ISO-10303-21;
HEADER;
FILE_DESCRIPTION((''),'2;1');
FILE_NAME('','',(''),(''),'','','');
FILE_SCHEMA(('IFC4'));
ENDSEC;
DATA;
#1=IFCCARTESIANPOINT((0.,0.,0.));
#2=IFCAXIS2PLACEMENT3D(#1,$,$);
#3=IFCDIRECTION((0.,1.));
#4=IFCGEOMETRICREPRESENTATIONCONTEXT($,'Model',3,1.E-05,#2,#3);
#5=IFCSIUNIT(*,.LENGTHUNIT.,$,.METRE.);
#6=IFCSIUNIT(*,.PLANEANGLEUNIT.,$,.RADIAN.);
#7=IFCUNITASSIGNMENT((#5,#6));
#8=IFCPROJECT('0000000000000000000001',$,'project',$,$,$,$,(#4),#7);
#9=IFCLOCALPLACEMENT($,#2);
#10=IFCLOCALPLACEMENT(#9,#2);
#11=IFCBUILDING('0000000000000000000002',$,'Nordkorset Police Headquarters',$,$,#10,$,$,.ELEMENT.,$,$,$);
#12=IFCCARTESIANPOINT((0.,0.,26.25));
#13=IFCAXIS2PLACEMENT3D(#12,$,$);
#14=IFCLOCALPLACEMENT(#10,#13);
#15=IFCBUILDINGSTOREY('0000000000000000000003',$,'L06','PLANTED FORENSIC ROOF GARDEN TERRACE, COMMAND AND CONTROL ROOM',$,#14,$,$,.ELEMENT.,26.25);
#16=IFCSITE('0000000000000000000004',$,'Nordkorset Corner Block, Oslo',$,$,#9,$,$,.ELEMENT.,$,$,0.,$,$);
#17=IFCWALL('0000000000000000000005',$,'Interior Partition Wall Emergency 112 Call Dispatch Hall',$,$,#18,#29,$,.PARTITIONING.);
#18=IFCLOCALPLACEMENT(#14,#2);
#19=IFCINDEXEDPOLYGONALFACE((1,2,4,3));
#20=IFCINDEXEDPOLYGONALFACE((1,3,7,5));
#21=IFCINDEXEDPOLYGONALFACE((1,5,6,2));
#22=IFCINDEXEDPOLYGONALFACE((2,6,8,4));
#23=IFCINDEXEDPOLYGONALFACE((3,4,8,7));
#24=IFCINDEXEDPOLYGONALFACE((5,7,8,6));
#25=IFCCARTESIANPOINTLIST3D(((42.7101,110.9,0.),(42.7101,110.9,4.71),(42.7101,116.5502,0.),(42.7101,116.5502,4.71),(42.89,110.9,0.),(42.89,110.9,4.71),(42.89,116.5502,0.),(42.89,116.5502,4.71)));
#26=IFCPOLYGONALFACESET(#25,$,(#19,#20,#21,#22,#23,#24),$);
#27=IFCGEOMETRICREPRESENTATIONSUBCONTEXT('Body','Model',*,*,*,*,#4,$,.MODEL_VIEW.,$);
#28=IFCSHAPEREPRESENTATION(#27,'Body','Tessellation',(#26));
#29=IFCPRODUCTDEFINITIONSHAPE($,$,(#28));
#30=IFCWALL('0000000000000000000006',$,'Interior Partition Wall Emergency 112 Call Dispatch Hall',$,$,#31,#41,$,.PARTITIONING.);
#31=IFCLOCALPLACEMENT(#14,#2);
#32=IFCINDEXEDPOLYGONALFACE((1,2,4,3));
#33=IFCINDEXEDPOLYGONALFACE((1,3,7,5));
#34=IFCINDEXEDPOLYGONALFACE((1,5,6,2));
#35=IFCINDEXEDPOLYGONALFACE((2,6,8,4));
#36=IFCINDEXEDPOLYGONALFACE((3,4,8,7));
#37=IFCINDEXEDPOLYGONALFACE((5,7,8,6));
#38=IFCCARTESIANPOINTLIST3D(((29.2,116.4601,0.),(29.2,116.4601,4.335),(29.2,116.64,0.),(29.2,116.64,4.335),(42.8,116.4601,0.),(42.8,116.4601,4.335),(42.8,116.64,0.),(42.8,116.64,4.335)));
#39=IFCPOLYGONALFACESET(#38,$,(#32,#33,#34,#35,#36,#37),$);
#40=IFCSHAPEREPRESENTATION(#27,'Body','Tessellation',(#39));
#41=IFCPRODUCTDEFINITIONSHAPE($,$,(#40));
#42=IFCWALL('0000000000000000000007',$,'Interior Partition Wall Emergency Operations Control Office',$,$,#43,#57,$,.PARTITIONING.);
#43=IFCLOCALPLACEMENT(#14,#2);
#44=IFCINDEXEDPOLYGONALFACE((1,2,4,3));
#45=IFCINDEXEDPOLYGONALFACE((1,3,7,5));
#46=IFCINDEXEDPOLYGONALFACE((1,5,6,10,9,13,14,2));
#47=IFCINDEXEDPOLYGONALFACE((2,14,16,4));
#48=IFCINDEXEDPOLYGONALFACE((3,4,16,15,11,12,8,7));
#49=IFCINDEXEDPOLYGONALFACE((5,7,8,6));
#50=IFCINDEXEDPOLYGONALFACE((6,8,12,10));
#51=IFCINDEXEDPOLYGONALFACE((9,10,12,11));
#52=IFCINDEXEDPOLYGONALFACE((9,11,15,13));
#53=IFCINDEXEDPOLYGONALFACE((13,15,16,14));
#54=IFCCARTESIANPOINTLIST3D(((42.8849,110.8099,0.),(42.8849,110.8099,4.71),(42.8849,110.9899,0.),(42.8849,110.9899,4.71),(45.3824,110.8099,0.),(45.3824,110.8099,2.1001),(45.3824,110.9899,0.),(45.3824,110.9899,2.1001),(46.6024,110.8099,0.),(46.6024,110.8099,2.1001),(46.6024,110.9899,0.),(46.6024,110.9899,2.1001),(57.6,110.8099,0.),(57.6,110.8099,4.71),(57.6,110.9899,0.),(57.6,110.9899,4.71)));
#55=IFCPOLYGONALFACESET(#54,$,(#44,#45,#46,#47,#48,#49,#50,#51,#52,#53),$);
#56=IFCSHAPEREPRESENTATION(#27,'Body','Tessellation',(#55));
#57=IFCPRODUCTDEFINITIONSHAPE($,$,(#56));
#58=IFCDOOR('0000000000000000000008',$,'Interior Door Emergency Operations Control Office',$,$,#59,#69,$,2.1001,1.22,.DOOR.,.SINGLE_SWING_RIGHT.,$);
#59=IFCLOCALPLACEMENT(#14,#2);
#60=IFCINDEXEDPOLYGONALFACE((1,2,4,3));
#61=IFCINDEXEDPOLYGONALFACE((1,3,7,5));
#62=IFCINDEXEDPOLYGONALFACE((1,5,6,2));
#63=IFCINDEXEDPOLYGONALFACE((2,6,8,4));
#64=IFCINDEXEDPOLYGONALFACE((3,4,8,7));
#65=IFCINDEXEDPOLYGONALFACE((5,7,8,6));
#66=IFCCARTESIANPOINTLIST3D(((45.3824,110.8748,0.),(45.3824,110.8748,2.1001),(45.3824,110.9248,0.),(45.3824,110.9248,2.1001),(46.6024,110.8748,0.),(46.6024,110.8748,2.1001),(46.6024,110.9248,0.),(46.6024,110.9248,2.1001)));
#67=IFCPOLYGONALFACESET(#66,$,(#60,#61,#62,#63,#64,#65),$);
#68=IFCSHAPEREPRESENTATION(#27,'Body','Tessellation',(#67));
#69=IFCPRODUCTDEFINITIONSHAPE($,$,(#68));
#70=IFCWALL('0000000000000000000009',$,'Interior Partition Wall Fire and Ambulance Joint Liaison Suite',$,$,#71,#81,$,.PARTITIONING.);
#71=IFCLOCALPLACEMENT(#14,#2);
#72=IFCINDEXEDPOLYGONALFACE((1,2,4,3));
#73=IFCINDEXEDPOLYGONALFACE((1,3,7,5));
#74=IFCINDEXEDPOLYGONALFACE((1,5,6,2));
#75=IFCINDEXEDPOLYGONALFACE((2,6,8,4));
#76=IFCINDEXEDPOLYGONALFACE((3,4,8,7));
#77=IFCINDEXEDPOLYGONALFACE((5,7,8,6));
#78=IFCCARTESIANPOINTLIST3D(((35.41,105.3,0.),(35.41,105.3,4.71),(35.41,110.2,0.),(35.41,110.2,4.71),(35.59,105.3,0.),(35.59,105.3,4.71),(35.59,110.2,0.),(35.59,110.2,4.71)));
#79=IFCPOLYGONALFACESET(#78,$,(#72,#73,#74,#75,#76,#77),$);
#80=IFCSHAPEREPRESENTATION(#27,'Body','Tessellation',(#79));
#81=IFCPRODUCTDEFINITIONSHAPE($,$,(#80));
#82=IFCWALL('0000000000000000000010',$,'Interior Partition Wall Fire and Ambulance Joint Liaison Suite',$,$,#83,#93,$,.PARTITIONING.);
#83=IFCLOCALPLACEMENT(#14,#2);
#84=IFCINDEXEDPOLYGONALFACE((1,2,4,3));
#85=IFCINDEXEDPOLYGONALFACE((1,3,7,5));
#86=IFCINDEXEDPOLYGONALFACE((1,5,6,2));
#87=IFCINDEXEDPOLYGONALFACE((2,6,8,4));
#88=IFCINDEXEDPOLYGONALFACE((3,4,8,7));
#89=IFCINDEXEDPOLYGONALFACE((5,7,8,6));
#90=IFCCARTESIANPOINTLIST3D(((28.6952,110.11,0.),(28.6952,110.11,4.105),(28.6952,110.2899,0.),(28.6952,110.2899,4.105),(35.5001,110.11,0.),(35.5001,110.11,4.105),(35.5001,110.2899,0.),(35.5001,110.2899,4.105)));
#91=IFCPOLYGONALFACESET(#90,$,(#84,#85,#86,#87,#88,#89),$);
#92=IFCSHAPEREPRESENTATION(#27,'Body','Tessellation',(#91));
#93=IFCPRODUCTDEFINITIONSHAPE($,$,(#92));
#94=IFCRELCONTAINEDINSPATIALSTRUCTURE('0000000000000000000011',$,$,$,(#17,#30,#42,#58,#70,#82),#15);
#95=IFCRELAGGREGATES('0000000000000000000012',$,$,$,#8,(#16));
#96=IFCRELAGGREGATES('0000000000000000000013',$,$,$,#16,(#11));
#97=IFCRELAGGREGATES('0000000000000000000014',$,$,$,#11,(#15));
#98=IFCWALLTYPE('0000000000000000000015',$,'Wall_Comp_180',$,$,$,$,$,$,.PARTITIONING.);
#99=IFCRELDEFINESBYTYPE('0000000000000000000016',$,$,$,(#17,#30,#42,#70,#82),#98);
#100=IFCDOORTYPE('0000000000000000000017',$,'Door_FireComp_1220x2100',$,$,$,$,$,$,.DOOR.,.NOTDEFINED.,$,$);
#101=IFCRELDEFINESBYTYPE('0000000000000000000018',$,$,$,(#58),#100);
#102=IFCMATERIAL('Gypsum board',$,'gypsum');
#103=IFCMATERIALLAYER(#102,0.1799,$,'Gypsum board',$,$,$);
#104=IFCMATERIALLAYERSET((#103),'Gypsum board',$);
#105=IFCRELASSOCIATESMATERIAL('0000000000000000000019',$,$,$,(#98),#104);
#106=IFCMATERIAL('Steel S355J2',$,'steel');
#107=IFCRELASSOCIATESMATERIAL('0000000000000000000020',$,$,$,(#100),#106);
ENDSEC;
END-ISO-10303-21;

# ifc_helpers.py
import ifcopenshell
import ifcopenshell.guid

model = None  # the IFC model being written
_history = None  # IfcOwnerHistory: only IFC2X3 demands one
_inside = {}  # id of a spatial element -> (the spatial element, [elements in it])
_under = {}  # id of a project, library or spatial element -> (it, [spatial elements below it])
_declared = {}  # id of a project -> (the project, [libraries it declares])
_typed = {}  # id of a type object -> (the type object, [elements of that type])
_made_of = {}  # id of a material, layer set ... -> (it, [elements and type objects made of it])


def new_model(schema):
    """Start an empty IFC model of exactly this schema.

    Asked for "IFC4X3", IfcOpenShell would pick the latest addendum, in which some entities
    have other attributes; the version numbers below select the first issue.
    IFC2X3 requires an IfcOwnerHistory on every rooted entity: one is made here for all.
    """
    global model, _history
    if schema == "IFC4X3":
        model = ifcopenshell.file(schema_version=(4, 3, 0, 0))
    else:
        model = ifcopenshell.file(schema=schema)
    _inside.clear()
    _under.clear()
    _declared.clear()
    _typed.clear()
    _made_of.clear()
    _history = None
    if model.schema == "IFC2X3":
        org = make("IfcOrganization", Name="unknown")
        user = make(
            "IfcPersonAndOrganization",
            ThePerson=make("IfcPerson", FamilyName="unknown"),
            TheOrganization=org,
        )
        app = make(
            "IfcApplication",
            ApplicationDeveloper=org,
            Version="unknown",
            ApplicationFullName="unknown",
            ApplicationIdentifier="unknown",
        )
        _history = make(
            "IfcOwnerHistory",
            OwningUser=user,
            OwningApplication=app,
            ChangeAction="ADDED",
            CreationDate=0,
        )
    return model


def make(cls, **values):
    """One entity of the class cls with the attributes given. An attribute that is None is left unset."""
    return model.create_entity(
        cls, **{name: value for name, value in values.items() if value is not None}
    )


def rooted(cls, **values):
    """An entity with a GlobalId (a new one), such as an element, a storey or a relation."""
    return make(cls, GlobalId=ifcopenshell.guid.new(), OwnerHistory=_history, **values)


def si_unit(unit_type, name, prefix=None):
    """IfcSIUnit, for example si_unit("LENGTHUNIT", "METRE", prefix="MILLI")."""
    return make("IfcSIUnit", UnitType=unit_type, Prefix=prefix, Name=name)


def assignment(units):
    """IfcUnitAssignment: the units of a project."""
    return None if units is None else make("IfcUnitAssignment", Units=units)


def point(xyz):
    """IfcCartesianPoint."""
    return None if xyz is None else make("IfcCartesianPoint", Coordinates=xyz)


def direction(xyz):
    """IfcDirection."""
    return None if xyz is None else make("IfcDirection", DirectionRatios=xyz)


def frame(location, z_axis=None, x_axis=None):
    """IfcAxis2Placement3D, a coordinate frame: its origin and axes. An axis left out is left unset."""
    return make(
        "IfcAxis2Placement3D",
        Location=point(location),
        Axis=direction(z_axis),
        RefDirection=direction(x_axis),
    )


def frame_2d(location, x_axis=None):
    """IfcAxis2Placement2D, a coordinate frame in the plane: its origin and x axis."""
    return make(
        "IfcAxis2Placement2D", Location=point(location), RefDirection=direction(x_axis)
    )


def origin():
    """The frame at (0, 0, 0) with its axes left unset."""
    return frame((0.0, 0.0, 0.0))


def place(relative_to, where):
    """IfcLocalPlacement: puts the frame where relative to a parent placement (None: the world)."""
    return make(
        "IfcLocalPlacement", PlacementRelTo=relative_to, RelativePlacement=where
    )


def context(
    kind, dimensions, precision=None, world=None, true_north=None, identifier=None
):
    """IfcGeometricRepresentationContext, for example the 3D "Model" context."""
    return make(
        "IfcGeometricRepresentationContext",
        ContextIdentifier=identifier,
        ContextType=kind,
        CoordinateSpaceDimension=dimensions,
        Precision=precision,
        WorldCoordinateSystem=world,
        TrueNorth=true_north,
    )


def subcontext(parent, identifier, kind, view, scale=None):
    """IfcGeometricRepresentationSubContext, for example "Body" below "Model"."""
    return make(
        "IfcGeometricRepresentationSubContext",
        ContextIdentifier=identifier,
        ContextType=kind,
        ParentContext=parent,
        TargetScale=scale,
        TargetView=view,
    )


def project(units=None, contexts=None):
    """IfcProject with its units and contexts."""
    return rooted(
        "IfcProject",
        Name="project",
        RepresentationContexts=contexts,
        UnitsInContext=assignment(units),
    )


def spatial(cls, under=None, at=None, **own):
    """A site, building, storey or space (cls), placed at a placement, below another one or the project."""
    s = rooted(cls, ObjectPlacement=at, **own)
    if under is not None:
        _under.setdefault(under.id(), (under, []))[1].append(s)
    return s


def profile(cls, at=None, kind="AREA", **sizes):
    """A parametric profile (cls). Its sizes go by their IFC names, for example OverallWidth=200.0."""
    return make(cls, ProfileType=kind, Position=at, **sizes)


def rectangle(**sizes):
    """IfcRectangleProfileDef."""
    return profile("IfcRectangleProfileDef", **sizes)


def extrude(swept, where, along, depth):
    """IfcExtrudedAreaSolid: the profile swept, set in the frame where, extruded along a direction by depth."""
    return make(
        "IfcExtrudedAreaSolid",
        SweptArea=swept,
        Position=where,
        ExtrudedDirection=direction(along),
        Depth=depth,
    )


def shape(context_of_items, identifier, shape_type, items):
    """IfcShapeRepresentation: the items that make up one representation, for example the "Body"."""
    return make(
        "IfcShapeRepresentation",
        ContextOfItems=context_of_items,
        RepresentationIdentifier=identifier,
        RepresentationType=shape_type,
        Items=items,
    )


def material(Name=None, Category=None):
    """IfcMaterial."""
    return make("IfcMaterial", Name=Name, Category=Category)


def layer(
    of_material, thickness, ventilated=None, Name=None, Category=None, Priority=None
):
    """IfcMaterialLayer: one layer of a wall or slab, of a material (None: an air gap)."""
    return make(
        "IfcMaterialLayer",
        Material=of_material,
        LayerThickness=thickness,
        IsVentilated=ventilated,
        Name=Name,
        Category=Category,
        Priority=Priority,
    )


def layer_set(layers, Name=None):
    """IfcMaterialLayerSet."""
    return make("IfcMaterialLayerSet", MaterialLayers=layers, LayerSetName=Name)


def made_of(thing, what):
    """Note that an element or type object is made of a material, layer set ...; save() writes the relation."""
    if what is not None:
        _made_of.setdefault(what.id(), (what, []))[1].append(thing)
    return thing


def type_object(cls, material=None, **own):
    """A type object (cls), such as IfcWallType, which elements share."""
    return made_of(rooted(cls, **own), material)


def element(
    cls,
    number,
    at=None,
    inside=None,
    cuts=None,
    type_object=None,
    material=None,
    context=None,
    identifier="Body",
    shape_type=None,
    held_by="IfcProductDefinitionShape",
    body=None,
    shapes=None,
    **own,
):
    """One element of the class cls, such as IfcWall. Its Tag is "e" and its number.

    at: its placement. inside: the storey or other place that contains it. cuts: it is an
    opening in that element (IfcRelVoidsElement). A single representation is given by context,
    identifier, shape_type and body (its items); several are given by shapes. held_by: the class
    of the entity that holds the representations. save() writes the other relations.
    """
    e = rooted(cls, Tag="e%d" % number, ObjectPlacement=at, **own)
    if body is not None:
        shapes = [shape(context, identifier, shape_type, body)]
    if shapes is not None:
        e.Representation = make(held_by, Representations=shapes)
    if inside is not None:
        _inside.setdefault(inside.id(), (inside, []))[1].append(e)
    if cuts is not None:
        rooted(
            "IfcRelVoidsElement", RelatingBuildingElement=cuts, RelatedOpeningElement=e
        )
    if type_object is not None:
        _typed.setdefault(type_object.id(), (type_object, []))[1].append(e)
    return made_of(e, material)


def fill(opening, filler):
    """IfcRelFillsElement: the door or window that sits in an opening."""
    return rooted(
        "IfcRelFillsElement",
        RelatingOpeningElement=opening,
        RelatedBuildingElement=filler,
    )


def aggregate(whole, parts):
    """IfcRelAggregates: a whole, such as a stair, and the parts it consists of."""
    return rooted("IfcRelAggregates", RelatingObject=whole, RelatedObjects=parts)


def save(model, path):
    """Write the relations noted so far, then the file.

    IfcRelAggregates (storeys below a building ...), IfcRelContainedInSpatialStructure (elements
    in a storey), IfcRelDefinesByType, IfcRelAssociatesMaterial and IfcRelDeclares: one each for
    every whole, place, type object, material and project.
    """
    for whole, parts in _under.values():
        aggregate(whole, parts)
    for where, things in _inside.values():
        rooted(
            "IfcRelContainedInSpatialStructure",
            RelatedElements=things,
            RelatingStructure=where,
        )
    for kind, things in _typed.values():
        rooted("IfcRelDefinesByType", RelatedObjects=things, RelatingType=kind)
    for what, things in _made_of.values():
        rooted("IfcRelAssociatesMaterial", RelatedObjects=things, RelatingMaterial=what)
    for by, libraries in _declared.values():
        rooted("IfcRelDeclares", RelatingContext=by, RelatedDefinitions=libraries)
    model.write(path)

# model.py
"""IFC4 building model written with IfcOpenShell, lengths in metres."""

from ifc_helpers import new_model, si_unit, direction, frame, frame_2d, origin, place, context, subcontext, project, spatial, rectangle, extrude, material, layer, layer_set, type_object, element, fill, save


model = new_model("IFC4")

# Units and contexts
model_context = context("Model", 3, precision=1e-05, world=origin(), true_north=direction((0.0, 1.0)))
body_context = subcontext(model_context, "Body", "Model", "MODEL_VIEW")
ifc_project = project(units=[si_unit("LENGTHUNIT", "METRE"), si_unit("PLANEANGLEUNIT", "RADIAN")], contexts=[model_context])

# Site, building, storey
site_placement = place(None, origin())
site = spatial("IfcSite", under=ifc_project, at=site_placement, Name="Nordkorset Corner Block, Oslo", CompositionType="ELEMENT", RefElevation=0.0)
building_placement = place(site_placement, origin())
building = spatial("IfcBuilding", under=site, at=building_placement, Name="Nordkorset Police Headquarters", CompositionType="ELEMENT")
storey_placement = place(building_placement, frame((0.0, 0.0, 26.25)))
storey = spatial("IfcBuildingStorey", under=building, at=storey_placement, Name="L06", Description="PLANTED FORENSIC ROOF GARDEN TERRACE, COMMAND AND CONTROL ROOM", CompositionType="ELEMENT", Elevation=26.25)

# Walls
ifc_material_1 = material(Name="Gypsum board", Category="gypsum")
ifc_layer_1 = layer(ifc_material_1, 0.1799, Name="Gypsum board")
ifc_layer_set_1 = layer_set([ifc_layer_1], Name="Gypsum board")
wall_type_1 = type_object("IfcWallType", Name="Wall_Comp_180", PredefinedType="PARTITIONING", material=ifc_layer_set_1)
wall_1_placement = place(storey_placement, frame((42.8, 110.8999, 0.0), z_axis=(0.0, 0.0, 1.0), x_axis=(0.0, 1.0, 0.0)))
element("IfcWall", 1, at=wall_1_placement, inside=storey, type_object=wall_type_1, Name="Interior Partition Wall Emergency 112 Call Dispatch Hall", PredefinedType="PARTITIONING", context=body_context, shape_type="SweptSolid", body=[
    extrude(rectangle(XDim=5.6501, YDim=0.1799, at=frame_2d((2.8252, 0.0))), origin(), (0.0, 0.0, 1.0), 4.71),
])
wall_2_placement = place(storey_placement, frame((42.8, 116.55, 0.0), z_axis=(0.0, 0.0, 1.0), x_axis=(-1.0, 0.0, 0.0)))
element("IfcWall", 2, at=wall_2_placement, inside=storey, type_object=wall_type_1, Name="Interior Partition Wall Emergency 112 Call Dispatch Hall", PredefinedType="PARTITIONING", context=body_context, shape_type="SweptSolid", body=[
    extrude(rectangle(XDim=13.6001, YDim=0.1799, at=frame_2d((6.8, 0.0))), origin(), (0.0, 0.0, 1.0), 4.335),
])

# Wall, opening, door
wall_3_placement = place(storey_placement, frame((42.885, 110.8999, 0.0), z_axis=(0.0, 0.0, 1.0), x_axis=(1.0, 0.0, 0.0)))
wall_3 = element("IfcWall", 3, at=wall_3_placement, inside=storey, type_object=wall_type_1, Name="Interior Partition Wall Emergency Operations Control Office", PredefinedType="PARTITIONING", context=body_context, shape_type="SweptSolid", body=[
    extrude(rectangle(XDim=14.7151, YDim=0.1799, at=frame_2d((7.3574, 0.0))), origin(), (0.0, 0.0, 1.0), 4.71),
])
opening_1_placement = place(wall_3_placement, frame((2.4976, 0.0, 0.0)))
opening_1 = element("IfcOpeningElement", 4, at=opening_1_placement, cuts=wall_3, PredefinedType="OPENING", context=body_context, shape_type="SweptSolid", body=[
    extrude(rectangle(XDim=1.22, YDim=2.1001, at=frame_2d((0.6099, 1.05))), frame((0.0, 0.1001, 0.0), z_axis=(0.0, -1.0, 0.0), x_axis=(1.0, 0.0, 0.0)), (0.0, 0.0, 1.0), 0.2),
])
ifc_material_2 = material(Name="Steel S355J2", Category="steel")
door_type_1 = type_object("IfcDoorType", Name="Door_FireComp_1220x2100", OperationType="NOTDEFINED", PredefinedType="DOOR", material=ifc_material_2)
door_1_placement = place(opening_1_placement, origin())
door_1 = element("IfcDoor", 5, at=door_1_placement, inside=storey, type_object=door_type_1, Name="Interior Door Emergency Operations Control Office", OperationType="SINGLE_SWING_RIGHT", OverallHeight=2.1001, OverallWidth=1.22, PredefinedType="DOOR", context=body_context, shape_type="SweptSolid", body=[
    extrude(rectangle(XDim=1.22, YDim=2.1001, at=frame_2d((0.6099, 1.05))), frame((0.0, 0.0249, 0.0), z_axis=(0.0, -1.0, 0.0), x_axis=(1.0, 0.0, 0.0)), (0.0, 0.0, 1.0), 0.05),
])
fill(opening_1, door_1)

# Walls
wall_4_placement = place(storey_placement, frame((35.5, 105.3, 0.0), z_axis=(0.0, 0.0, 1.0), x_axis=(0.0, 1.0, 0.0)))
element("IfcWall", 6, at=wall_4_placement, inside=storey, type_object=wall_type_1, Name="Interior Partition Wall Fire and Ambulance Joint Liaison Suite", PredefinedType="PARTITIONING", context=body_context, shape_type="SweptSolid", body=[
    extrude(rectangle(XDim=4.8999, YDim=0.1799, at=frame_2d((2.45, 0.0))), origin(), (0.0, 0.0, 1.0), 4.71),
])
wall_5_placement = place(storey_placement, frame((35.5, 110.2, 0.0), z_axis=(0.0, 0.0, 1.0), x_axis=(-1.0, 0.0, 0.0)))
element("IfcWall", 7, at=wall_5_placement, inside=storey, type_object=wall_type_1, Name="Interior Partition Wall Fire and Ambulance Joint Liaison Suite", PredefinedType="PARTITIONING", context=body_context, shape_type="SweptSolid", body=[
    extrude(rectangle(XDim=6.8049, YDim=0.1799, at=frame_2d((3.4023, 0.0))), origin(), (0.0, 0.0, 1.0), 4.105),
])

save(model, "model.ifc")
